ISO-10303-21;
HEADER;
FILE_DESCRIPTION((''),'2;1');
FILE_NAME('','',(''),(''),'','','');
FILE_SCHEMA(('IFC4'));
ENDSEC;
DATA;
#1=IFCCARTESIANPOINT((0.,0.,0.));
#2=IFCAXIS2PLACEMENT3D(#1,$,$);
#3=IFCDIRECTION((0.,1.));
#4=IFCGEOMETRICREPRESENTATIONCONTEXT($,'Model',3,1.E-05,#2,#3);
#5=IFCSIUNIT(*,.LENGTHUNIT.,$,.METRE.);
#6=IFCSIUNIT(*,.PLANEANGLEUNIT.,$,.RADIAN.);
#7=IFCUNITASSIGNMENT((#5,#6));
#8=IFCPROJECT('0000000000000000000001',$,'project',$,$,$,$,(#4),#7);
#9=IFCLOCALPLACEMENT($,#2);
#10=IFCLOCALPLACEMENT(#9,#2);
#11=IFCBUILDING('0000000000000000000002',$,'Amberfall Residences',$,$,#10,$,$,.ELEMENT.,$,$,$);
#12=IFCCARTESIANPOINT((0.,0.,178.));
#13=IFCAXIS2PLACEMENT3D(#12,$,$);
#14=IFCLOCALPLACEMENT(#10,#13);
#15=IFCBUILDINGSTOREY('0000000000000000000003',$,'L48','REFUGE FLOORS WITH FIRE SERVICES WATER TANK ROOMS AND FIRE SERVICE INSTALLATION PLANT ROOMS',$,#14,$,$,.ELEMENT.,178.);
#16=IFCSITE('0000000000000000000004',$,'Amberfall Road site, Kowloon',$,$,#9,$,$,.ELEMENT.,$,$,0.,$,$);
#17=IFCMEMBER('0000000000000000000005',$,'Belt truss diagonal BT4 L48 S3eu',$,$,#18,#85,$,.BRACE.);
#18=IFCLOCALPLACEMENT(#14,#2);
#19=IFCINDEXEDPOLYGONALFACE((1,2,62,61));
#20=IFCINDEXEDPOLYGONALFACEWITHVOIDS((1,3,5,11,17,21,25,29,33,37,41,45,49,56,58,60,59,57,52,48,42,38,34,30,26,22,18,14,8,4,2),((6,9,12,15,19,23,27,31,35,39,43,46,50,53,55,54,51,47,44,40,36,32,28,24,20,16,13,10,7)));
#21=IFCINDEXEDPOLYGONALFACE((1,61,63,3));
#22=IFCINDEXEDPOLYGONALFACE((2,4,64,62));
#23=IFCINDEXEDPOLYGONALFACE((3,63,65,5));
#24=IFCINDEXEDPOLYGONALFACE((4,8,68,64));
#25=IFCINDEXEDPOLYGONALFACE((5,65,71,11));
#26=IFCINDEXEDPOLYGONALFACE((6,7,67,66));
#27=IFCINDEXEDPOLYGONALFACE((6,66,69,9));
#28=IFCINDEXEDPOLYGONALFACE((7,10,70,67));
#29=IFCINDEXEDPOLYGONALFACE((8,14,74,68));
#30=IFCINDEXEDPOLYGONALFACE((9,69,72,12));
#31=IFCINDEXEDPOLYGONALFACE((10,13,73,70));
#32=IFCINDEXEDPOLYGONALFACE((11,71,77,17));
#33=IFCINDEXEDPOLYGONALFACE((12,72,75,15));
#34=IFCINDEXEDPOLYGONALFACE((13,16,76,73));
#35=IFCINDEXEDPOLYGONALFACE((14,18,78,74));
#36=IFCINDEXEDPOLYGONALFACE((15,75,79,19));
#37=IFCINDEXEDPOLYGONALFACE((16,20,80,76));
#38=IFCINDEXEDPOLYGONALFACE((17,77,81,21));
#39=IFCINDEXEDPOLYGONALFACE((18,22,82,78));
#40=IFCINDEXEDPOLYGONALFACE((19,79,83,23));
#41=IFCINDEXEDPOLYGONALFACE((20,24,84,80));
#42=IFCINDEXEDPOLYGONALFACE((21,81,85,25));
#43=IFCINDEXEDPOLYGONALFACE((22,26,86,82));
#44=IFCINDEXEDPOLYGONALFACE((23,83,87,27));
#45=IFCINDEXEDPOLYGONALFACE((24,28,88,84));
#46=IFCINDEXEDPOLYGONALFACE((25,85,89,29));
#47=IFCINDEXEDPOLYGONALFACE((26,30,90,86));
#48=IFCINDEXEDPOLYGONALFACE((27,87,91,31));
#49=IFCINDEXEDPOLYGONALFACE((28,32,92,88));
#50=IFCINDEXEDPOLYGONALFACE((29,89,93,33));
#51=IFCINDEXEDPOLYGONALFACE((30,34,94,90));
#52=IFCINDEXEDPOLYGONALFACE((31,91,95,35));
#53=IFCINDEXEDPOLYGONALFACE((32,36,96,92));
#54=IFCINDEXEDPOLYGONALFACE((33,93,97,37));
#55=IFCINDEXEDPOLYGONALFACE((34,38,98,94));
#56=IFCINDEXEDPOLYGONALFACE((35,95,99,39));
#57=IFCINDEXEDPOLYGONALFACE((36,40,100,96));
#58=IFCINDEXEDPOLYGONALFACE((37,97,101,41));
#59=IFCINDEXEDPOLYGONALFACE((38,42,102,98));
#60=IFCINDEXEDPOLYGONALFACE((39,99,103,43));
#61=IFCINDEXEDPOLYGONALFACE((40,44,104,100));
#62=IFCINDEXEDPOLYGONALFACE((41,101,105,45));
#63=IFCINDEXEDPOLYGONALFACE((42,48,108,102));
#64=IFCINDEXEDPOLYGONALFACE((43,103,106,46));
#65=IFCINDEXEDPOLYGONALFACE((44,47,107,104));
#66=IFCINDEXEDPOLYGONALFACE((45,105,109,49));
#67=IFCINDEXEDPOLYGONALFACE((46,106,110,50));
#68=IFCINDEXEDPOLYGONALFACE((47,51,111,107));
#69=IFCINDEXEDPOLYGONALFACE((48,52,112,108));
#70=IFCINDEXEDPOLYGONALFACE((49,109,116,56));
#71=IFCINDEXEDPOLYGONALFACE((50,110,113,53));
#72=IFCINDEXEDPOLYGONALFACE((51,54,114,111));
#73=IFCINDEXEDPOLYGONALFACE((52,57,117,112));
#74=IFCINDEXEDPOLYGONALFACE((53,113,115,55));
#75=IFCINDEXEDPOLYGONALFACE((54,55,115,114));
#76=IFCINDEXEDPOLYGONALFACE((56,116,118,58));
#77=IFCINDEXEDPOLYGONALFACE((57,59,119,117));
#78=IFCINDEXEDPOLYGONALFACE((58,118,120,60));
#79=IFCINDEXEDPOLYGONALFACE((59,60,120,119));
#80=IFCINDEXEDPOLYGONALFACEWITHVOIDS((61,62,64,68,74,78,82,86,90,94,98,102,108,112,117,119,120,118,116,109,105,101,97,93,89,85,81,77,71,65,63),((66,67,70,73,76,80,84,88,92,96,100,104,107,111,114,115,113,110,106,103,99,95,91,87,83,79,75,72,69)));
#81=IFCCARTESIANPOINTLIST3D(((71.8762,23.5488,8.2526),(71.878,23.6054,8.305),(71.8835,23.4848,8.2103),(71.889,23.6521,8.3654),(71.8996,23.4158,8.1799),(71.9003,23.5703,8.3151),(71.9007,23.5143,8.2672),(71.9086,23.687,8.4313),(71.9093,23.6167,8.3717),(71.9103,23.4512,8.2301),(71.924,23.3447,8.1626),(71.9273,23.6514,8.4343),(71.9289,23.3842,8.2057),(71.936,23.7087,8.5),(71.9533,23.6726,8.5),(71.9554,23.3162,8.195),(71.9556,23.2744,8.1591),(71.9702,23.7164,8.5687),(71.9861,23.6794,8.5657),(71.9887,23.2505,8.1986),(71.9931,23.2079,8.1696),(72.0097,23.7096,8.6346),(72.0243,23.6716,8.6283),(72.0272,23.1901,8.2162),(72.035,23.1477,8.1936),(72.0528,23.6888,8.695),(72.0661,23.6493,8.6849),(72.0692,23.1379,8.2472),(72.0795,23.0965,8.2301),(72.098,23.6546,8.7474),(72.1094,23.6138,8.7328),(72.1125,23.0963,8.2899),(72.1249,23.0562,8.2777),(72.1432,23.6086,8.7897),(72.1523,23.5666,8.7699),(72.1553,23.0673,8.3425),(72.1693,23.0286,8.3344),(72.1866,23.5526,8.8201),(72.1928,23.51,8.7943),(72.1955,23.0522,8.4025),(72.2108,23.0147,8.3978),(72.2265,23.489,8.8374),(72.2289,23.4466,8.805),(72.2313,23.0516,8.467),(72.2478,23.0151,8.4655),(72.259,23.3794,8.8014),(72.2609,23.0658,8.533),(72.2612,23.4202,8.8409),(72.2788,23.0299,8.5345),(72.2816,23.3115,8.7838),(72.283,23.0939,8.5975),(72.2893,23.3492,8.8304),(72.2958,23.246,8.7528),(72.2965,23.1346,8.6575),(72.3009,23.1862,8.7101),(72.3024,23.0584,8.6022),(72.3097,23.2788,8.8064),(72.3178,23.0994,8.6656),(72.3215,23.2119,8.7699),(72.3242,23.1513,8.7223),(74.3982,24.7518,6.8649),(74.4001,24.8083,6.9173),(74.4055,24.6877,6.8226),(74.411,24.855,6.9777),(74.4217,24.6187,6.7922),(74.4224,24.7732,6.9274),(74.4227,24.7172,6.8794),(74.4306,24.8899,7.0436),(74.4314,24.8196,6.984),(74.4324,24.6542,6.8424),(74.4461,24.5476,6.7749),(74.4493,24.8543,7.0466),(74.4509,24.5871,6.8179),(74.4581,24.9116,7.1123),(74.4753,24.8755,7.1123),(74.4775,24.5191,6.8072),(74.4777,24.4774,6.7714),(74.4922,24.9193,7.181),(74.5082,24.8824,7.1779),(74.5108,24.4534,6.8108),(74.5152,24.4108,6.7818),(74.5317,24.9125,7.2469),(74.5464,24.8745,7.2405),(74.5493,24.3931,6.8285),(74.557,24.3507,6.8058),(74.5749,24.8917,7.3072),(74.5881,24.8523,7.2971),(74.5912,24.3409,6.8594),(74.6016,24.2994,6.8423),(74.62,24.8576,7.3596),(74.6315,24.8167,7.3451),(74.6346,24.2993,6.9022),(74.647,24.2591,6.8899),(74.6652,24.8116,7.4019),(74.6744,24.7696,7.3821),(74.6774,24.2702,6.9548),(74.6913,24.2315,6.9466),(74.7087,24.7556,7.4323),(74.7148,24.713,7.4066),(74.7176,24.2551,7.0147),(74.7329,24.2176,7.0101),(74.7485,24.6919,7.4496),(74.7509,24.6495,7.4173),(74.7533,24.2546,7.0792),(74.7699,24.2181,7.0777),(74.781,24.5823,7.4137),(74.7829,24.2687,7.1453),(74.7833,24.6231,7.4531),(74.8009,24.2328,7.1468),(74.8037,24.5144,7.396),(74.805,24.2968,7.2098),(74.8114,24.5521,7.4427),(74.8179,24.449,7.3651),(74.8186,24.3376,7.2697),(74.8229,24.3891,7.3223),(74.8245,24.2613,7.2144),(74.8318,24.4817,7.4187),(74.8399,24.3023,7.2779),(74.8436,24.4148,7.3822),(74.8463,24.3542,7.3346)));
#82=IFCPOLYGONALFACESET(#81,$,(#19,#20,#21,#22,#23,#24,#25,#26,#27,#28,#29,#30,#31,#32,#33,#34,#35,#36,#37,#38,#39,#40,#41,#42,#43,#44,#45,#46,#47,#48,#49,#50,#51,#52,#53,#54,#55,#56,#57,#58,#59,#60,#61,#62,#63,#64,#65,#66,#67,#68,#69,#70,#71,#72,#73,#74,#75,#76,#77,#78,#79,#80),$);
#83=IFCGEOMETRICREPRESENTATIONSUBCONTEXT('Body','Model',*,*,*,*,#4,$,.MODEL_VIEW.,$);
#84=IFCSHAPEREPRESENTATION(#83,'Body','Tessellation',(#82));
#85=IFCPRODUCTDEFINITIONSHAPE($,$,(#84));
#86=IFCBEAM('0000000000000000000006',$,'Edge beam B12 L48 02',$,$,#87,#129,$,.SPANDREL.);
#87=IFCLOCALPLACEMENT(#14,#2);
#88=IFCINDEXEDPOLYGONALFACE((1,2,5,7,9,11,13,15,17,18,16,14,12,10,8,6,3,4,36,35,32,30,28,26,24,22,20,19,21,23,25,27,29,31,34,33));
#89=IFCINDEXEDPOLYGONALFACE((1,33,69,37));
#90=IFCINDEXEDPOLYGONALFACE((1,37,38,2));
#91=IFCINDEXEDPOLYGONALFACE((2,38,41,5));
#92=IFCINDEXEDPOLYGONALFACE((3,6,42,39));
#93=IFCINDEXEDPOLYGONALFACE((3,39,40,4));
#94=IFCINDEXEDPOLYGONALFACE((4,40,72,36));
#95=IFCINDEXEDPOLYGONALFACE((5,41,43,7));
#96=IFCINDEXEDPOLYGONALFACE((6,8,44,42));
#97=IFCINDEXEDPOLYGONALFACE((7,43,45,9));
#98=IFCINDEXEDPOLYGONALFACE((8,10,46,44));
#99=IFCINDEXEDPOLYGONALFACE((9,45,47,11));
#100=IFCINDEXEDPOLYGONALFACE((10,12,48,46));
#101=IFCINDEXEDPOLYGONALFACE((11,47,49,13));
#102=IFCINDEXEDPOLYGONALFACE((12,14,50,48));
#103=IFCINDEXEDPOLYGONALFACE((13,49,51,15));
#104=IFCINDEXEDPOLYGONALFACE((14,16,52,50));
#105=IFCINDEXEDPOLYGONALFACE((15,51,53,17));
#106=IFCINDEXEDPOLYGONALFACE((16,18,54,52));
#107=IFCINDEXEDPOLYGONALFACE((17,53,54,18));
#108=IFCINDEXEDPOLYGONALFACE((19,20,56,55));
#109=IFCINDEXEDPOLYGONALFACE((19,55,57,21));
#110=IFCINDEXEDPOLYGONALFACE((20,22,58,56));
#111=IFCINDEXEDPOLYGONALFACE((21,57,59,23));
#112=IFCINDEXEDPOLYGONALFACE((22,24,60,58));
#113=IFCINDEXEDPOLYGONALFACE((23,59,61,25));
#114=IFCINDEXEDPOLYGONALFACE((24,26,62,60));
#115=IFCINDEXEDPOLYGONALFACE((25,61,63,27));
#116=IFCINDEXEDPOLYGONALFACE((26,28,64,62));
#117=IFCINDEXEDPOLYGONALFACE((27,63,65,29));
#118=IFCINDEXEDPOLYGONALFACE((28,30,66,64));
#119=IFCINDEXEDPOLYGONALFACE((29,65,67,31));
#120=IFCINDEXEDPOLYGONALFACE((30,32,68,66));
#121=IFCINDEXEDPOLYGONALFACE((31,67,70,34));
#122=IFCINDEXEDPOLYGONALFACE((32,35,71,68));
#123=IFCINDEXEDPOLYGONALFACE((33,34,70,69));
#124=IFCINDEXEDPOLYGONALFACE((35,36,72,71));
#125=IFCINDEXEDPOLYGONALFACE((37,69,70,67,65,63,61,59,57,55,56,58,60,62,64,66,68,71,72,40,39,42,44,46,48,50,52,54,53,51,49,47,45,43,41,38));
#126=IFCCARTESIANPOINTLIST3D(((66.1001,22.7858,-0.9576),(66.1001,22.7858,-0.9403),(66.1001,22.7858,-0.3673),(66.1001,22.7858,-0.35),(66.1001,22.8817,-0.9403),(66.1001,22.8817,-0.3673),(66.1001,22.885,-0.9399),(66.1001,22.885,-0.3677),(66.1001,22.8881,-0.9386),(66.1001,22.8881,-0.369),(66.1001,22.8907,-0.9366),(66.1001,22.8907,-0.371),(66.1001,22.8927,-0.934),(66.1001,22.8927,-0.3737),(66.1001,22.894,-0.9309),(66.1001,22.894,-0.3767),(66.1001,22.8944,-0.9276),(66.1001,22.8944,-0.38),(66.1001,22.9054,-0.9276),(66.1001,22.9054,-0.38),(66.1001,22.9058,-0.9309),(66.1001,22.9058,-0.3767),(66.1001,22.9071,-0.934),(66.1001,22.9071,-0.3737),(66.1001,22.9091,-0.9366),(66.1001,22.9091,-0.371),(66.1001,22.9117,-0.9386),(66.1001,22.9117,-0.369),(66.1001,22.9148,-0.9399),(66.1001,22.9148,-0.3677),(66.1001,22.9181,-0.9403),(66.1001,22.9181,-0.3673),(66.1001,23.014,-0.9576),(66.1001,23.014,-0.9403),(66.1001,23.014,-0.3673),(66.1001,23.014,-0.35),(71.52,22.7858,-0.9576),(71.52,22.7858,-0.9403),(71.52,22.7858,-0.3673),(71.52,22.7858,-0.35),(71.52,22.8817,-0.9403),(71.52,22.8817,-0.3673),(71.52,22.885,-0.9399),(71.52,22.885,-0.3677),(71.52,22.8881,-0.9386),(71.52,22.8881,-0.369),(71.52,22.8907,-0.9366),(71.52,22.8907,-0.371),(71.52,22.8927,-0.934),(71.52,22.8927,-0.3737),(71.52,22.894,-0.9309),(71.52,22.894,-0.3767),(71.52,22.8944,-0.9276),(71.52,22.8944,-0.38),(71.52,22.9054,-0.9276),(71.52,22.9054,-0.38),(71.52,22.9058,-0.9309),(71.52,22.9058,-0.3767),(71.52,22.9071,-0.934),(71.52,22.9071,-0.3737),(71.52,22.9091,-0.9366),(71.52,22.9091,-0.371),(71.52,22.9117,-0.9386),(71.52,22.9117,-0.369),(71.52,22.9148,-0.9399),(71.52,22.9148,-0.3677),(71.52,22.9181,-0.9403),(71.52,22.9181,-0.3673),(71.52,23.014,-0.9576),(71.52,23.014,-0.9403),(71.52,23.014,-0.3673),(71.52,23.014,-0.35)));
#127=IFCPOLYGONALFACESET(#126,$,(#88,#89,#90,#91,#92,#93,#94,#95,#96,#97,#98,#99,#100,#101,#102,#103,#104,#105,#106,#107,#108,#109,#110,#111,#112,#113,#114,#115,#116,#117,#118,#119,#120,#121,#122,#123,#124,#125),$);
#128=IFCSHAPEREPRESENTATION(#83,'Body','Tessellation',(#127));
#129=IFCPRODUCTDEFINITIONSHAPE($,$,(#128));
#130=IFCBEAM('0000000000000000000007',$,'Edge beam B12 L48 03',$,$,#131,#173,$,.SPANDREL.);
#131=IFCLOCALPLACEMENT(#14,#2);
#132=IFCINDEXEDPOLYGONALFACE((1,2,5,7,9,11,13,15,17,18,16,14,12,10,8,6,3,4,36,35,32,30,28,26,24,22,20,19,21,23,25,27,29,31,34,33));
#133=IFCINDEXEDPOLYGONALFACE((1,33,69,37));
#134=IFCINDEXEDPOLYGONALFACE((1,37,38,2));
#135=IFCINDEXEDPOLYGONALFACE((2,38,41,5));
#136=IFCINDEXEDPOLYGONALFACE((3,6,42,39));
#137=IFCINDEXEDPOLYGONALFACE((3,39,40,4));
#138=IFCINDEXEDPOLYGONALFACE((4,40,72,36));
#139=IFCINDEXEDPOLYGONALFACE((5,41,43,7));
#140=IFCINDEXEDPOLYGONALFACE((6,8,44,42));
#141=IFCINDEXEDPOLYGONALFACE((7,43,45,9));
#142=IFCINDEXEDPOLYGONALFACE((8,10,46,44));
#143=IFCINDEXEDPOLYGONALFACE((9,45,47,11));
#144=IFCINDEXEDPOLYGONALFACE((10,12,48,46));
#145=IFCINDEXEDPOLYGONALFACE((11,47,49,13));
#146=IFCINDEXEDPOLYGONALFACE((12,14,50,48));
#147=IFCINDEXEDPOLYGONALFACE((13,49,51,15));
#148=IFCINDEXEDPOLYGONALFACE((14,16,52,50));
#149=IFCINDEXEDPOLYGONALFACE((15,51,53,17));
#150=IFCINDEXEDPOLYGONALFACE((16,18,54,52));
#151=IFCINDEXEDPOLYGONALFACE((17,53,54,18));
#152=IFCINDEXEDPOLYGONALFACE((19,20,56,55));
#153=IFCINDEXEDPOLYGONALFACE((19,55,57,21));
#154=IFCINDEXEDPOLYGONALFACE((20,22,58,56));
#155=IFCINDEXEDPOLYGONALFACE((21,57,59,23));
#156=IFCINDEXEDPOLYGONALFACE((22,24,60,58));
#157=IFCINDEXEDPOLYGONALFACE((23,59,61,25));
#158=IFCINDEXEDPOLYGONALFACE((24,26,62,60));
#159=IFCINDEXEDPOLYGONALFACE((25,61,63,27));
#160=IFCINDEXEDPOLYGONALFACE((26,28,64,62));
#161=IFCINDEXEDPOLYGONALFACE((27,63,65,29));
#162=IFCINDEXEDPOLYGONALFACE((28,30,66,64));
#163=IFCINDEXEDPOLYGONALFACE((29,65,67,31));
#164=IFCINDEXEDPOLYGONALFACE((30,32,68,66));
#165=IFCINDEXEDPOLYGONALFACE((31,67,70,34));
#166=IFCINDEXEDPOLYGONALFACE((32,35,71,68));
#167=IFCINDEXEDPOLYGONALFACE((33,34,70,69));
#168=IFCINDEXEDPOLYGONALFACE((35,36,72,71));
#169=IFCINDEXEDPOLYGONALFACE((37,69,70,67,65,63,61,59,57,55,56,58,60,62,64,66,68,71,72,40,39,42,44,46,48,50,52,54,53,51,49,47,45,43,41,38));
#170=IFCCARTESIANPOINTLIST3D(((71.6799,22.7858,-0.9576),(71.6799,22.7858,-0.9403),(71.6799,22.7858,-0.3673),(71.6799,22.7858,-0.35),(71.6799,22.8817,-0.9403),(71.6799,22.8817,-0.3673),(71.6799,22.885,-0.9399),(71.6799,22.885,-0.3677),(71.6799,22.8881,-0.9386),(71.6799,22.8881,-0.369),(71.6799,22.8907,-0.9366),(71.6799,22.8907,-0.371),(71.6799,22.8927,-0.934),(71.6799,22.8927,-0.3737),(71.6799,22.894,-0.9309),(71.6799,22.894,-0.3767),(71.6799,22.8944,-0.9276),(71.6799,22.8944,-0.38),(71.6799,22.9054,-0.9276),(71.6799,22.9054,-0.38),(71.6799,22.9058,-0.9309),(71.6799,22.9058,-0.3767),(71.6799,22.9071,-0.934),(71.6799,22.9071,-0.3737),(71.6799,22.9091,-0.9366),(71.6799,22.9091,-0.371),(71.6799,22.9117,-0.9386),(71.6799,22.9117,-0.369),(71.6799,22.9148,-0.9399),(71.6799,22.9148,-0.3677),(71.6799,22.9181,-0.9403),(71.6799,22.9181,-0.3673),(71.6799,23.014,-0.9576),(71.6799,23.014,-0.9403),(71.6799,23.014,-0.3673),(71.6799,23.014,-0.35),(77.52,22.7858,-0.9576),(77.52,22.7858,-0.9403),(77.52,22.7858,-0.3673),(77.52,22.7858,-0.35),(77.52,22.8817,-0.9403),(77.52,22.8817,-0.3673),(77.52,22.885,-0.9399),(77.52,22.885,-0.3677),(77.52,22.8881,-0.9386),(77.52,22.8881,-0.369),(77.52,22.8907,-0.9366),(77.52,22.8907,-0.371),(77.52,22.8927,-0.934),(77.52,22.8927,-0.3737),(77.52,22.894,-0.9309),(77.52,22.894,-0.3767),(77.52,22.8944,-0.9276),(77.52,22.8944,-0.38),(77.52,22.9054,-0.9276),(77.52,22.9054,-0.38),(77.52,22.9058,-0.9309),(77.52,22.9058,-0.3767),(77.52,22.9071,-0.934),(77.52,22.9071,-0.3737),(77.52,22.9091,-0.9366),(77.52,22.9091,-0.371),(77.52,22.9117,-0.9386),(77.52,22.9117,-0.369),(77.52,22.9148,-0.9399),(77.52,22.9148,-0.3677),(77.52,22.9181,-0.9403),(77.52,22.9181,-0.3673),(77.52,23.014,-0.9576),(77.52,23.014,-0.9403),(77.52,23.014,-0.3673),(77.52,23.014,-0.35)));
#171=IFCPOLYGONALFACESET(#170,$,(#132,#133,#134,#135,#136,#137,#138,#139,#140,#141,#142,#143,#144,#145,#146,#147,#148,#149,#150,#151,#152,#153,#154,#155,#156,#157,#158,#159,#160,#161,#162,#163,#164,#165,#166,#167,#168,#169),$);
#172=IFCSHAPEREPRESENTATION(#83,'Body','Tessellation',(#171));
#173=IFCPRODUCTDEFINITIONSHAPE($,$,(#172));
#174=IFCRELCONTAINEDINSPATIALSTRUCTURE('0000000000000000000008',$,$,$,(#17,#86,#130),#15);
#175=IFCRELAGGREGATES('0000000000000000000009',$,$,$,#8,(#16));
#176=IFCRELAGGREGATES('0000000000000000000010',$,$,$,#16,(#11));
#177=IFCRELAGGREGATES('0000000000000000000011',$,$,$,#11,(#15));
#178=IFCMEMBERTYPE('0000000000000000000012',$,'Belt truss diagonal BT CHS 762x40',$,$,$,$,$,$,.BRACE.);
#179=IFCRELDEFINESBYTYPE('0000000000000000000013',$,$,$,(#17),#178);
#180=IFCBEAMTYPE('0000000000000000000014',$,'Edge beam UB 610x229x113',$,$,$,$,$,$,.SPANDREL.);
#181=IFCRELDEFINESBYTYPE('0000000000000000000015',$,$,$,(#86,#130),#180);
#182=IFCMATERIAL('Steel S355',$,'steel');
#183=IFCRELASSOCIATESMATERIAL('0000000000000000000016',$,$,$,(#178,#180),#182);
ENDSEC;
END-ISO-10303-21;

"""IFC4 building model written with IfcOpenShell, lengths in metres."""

from ifc_helpers import new_model, si_unit, direction, frame, origin, origin_2d, place, context, subcontext, project, spatial, hollow_circle, i_section, extrude, material, material_profile, profile_set, type_object, element, save


model = new_model("IFC4")

# Units and contexts
model_context = context("Model", 3, precision=1e-05, world=origin(), true_north=direction((0.0, 1.0)))
body_context = subcontext(model_context, "Body", "Model", "MODEL_VIEW")
ifc_project = project(units=[si_unit("LENGTHUNIT", "METRE"), si_unit("PLANEANGLEUNIT", "RADIAN")], contexts=[model_context])

# Site, building, storey
site_placement = place(None, origin())
site = spatial("IfcSite", under=ifc_project, at=site_placement, Name="Amberfall Road site, Kowloon", CompositionType="ELEMENT", RefElevation=0.0)
building_placement = place(site_placement, origin())
building = spatial("IfcBuilding", under=site, at=building_placement, Name="Amberfall Residences", CompositionType="ELEMENT")
storey_placement = place(building_placement, frame((0.0, 0.0, 178.0)))
storey = spatial("IfcBuildingStorey", under=building, at=storey_placement, Name="L48", Description="REFUGE FLOORS WITH FIRE SERVICES WATER TANK ROOMS AND FIRE SERVICE INSTALLATION PLANT ROOMS", CompositionType="ELEMENT", Elevation=178.0)

# Shared definitions
ifc_material_1 = material(Name="Steel S355", Category="steel")

# Member
ifc_material_profile_1 = material_profile(ifc_material_1, hollow_circle(Radius=0.3811, WallThickness=0.04, at=origin_2d()), Name="CHS 762x40")
ifc_profile_set_1 = profile_set([ifc_material_profile_1], Name="Steel S355")
member_type_1 = type_object("IfcMemberType", Name="Belt truss diagonal BT CHS 762x40", PredefinedType="BRACE", material=ifc_profile_set_1)
member_1_placement = place(storey_placement, frame((72.1001, 23.3647, 8.5), z_axis=(0.808384, 0.385567, -0.444807), x_axis=(-0.4305, 0.902591, 0.0)))
element("IfcMember", 1, at=member_1_placement, inside=storey, type_object=member_type_1, Name="Belt truss diagonal BT4 L48 S3eu", PredefinedType="BRACE", context=body_context, shape_type="SweptSolid", body=[
    extrude(hollow_circle(Radius=0.3811, WallThickness=0.04, at=origin_2d()), origin(), (0.0, 0.0, 1.0), 3.1199),
])

# Beams
ifc_material_profile_2 = material_profile(ifc_material_1, i_section(OverallWidth=0.2283, OverallDepth=0.6077, WebThickness=0.011, FlangeThickness=0.0173, FilletRadius=0.0127, at=origin_2d()), Name="UB 610x229x113")
ifc_profile_set_2 = profile_set([ifc_material_profile_2], Name="Steel S355")
beam_type_1 = type_object("IfcBeamType", Name="Edge beam UB 610x229x113", PredefinedType="SPANDREL", material=ifc_profile_set_2)
beam_1_placement = place(storey_placement, frame((66.1001, 22.8999, -0.6538), z_axis=(1.0, 0.0, 0.0), x_axis=(0.0, 1.0, 0.0)))
element("IfcBeam", 2, at=beam_1_placement, inside=storey, type_object=beam_type_1, Name="Edge beam B12 L48 02", PredefinedType="SPANDREL", context=body_context, shape_type="SweptSolid", body=[
    extrude(i_section(OverallWidth=0.2283, OverallDepth=0.6077, WebThickness=0.011, FlangeThickness=0.0173, FilletRadius=0.0127, at=origin_2d()), origin(), (0.0, 0.0, 1.0), 5.4199),
])
beam_2_placement = place(storey_placement, frame((71.6799, 22.8999, -0.6538), z_axis=(1.0, 0.0, 0.0), x_axis=(0.0, 1.0, 0.0)))
element("IfcBeam", 3, at=beam_2_placement, inside=storey, type_object=beam_type_1, Name="Edge beam B12 L48 03", PredefinedType="SPANDREL", context=body_context, shape_type="SweptSolid", body=[
    extrude(i_section(OverallWidth=0.2283, OverallDepth=0.6077, WebThickness=0.011, FlangeThickness=0.0173, FilletRadius=0.0127, at=origin_2d()), origin(), (0.0, 0.0, 1.0), 5.8401),
])

save(model, "model.ifc")
